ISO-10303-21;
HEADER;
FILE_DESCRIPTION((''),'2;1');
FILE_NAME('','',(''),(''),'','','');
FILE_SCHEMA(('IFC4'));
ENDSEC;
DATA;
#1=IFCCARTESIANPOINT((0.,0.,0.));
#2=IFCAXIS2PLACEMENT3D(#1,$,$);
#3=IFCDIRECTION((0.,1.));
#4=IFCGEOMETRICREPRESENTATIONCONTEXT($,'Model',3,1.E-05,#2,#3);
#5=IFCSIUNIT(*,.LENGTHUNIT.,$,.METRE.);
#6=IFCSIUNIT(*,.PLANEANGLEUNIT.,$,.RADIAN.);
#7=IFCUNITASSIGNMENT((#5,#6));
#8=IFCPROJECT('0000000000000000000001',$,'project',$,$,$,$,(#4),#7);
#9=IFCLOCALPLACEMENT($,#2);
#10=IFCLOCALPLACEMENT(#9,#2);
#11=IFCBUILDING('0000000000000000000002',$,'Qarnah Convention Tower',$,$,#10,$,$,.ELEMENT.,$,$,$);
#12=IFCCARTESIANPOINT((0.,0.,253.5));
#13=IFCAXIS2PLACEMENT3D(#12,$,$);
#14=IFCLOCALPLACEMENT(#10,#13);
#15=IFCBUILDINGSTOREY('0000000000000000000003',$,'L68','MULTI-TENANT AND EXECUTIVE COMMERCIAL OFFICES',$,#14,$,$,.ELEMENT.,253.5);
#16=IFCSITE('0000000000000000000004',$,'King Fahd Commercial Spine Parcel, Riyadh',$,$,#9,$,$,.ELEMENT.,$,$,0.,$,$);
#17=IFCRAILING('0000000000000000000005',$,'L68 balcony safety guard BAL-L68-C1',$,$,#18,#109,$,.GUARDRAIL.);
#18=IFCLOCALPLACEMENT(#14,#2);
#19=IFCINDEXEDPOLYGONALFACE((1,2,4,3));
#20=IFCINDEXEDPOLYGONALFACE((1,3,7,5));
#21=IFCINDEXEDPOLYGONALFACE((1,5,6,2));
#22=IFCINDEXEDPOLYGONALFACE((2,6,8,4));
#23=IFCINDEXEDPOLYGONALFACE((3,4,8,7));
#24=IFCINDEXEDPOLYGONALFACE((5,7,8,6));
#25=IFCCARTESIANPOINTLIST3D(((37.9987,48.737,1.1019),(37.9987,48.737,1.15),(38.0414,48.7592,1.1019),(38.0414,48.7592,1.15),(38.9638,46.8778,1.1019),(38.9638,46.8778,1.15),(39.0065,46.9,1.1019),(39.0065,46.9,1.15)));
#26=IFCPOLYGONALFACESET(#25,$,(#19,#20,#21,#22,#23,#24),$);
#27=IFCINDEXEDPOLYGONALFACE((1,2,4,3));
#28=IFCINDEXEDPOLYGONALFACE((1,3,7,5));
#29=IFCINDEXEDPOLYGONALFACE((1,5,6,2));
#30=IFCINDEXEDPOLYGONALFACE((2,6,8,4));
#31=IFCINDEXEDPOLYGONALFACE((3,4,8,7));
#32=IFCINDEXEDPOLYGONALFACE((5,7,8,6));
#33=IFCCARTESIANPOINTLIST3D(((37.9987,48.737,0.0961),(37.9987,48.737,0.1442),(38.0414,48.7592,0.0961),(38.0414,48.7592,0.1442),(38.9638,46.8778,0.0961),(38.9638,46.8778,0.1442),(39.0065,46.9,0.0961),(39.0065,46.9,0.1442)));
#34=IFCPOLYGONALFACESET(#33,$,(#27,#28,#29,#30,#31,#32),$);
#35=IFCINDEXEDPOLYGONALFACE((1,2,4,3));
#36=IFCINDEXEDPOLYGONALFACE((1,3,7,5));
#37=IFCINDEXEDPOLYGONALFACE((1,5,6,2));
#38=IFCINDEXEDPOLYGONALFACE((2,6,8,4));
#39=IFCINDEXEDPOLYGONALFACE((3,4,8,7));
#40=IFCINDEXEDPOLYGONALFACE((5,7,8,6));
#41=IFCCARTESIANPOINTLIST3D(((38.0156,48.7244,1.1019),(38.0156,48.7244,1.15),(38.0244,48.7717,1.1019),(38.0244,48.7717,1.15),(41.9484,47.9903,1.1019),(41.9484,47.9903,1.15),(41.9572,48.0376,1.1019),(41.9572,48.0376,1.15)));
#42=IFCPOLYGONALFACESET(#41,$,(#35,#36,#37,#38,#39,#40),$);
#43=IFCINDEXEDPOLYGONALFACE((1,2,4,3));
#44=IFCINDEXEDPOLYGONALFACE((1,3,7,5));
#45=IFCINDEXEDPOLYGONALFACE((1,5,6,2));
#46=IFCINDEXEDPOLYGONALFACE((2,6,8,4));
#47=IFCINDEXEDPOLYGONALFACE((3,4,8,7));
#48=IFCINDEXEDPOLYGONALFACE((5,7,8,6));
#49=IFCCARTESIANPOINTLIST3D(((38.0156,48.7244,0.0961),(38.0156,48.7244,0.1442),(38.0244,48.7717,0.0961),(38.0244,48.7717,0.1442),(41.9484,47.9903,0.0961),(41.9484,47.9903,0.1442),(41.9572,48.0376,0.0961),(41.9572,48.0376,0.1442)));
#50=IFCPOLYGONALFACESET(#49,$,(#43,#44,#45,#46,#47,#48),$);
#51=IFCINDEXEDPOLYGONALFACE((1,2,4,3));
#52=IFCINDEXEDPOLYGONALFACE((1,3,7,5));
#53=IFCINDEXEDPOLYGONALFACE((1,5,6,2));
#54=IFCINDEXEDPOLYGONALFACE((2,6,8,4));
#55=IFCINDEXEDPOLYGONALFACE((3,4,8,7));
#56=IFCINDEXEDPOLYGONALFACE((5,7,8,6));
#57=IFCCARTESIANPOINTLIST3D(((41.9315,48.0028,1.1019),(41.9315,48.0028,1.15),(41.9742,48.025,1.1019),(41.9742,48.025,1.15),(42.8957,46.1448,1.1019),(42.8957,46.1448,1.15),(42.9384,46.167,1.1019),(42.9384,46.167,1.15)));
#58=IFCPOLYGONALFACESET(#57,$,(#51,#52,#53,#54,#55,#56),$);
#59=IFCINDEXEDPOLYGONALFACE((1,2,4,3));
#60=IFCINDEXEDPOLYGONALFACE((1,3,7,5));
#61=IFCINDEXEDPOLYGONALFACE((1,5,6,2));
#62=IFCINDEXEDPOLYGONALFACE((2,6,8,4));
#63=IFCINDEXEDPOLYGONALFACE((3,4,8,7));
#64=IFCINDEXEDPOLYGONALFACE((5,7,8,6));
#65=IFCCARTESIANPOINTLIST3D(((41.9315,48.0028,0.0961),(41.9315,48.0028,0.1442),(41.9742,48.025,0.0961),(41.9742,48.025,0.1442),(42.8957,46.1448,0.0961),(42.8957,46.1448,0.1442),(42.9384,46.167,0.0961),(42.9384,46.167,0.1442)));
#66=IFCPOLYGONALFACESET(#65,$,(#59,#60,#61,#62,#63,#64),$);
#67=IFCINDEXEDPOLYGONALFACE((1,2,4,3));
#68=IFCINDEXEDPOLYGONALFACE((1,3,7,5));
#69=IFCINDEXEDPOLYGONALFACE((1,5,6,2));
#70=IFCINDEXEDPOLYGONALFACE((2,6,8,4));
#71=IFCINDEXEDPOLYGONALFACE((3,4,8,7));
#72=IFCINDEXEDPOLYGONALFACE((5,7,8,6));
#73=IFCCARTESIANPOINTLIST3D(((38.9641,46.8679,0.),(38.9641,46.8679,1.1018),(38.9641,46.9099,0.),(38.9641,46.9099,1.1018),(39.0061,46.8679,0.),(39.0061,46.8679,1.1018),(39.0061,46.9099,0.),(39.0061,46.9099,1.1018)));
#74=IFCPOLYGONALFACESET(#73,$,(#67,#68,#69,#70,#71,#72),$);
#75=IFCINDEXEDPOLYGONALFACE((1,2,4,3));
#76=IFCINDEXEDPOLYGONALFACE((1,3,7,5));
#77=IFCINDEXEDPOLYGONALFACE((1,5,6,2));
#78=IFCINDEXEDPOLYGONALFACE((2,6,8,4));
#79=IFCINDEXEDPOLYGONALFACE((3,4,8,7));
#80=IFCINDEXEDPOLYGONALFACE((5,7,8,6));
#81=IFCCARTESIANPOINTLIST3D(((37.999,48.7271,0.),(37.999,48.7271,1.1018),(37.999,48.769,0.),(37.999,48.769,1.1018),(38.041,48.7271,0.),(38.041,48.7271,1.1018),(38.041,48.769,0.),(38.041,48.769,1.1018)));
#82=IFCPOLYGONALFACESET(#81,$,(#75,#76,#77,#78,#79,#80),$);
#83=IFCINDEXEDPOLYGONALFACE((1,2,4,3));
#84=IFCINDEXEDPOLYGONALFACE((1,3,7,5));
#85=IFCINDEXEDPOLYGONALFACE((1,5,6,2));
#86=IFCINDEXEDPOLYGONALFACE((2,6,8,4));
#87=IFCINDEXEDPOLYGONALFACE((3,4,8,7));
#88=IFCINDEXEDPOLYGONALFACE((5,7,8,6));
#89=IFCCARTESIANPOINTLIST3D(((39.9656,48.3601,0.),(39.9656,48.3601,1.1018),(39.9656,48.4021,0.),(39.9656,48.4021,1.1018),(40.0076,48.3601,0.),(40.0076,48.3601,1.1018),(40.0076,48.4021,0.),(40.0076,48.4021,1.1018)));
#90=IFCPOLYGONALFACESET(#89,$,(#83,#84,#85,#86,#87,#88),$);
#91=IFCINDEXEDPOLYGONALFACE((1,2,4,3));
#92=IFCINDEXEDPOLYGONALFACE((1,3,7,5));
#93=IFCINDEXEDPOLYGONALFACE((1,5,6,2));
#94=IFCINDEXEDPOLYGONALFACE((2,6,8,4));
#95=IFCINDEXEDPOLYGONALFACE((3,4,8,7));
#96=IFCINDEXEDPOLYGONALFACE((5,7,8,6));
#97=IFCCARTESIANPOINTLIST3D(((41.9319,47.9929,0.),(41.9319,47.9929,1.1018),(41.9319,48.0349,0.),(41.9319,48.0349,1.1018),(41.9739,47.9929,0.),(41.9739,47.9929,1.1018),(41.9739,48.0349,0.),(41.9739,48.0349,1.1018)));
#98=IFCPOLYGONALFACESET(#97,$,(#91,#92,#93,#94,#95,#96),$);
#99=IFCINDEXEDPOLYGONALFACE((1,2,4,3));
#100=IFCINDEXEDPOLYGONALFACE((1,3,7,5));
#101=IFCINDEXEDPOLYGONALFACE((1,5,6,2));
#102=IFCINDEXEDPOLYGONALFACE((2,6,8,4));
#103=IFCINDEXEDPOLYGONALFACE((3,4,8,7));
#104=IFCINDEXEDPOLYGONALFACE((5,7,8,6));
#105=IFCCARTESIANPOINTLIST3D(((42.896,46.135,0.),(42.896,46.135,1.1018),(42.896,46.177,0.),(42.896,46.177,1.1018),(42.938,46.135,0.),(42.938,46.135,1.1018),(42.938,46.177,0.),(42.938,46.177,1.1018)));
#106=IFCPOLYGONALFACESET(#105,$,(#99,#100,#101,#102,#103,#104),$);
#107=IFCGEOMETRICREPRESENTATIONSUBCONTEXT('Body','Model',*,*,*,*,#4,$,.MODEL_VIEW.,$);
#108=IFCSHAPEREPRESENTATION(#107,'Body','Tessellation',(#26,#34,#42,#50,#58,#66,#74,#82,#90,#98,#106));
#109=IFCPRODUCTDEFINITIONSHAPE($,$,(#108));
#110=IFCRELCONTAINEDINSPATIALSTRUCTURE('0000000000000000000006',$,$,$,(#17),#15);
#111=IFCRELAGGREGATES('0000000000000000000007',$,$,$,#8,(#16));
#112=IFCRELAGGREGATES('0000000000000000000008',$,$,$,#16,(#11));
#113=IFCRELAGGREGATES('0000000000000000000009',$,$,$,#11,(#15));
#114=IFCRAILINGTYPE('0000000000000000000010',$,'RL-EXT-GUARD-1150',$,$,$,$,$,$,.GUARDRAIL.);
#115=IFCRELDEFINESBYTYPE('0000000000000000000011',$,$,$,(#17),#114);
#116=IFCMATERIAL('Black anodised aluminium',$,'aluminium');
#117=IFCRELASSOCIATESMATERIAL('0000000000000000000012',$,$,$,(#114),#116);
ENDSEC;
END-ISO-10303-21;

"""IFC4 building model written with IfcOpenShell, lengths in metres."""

from ifc_helpers import new_model, si_unit, direction, frame, origin, origin_2d, place, context, subcontext, project, spatial, rectangle, extrude, material, type_object, element, save


model = new_model("IFC4")

# Units and contexts
model_context = context("Model", 3, precision=1e-05, world=origin(), true_north=direction((0.0, 1.0)))
body_context = subcontext(model_context, "Body", "Model", "MODEL_VIEW")
ifc_project = project(units=[si_unit("LENGTHUNIT", "METRE"), si_unit("PLANEANGLEUNIT", "RADIAN")], contexts=[model_context])

# Site, building, storey
site_placement = place(None, origin())
site = spatial("IfcSite", under=ifc_project, at=site_placement, Name="King Fahd Commercial Spine Parcel, Riyadh", CompositionType="ELEMENT", RefElevation=0.0)
building_placement = place(site_placement, origin())
building = spatial("IfcBuilding", under=site, at=building_placement, Name="Qarnah Convention Tower", CompositionType="ELEMENT")
storey_placement = place(building_placement, frame((0.0, 0.0, 253.5)))
storey = spatial("IfcBuildingStorey", under=building, at=storey_placement, Name="L68", Description="MULTI-TENANT AND EXECUTIVE COMMERCIAL OFFICES", CompositionType="ELEMENT", Elevation=253.5)

# Shared definitions
ifc_material_1 = material(Name="Black anodised aluminium", Category="aluminium")

# Railing
railing_type = type_object("IfcRailingType", Name="RL-EXT-GUARD-1150", PredefinedType="GUARDRAIL", material=ifc_material_1)
railing_1_placement = place(storey_placement, frame((38.9851, 46.8889, 0.0)))
element("IfcRailing", 1, at=railing_1_placement, inside=storey, type_object=railing_type, Name="L68 balcony safety guard BAL-L68-C1", PredefinedType="GUARDRAIL", context=body_context, shape_type="SweptSolid", body=[
    extrude(rectangle(XDim=0.0481, YDim=0.0481, at=origin_2d()), frame((0.0, 0.0, 1.126), z_axis=(-0.460729, 0.887541, 0.0), x_axis=(-0.887541, -0.460729, 0.0)), (0.0, 0.0, 1.0), 2.0947),
    extrude(rectangle(XDim=0.0481, YDim=0.0481, at=origin_2d()), frame((0.0, 0.0, 0.1201), z_axis=(-0.460729, 0.887541, 0.0), x_axis=(-0.887541, -0.460729, 0.0)), (0.0, 0.0, 1.0), 2.0947),
    extrude(rectangle(XDim=0.0481, YDim=0.0481, at=origin_2d()), frame((-0.9651, 1.8591, 1.126), z_axis=(0.98302, -0.183496, 0.0), x_axis=(0.183496, 0.98302, 0.0)), (0.0, 0.0, 1.0), 4.0007),
    extrude(rectangle(XDim=0.0481, YDim=0.0481, at=origin_2d()), frame((-0.9651, 1.8591, 0.1201), z_axis=(0.98302, -0.183496, 0.0), x_axis=(0.183496, 0.98302, 0.0)), (0.0, 0.0, 1.0), 4.0007),
    extrude(rectangle(XDim=0.0481, YDim=0.0481, at=origin_2d()), frame((2.9678, 1.125, 1.126), z_axis=(0.4606, -0.887608, 0.0), x_axis=(0.887608, 0.4606, 0.0)), (0.0, 0.0, 1.0), 2.0933),
    extrude(rectangle(XDim=0.0481, YDim=0.0481, at=origin_2d()), frame((2.9678, 1.125, 0.1201), z_axis=(0.4606, -0.887608, 0.0), x_axis=(0.887608, 0.4606, 0.0)), (0.0, 0.0, 1.0), 2.0933),
    extrude(rectangle(XDim=0.042, YDim=0.042, at=origin_2d()), origin(), (0.0, 0.0, 1.0), 1.1018),
    extrude(rectangle(XDim=0.042, YDim=0.042, at=origin_2d()), frame((-0.9651, 1.8591, 0.0)), (0.0, 0.0, 1.0), 1.1018),
    extrude(rectangle(XDim=0.042, YDim=0.042, at=origin_2d()), frame((1.0015, 1.4922, 0.0)), (0.0, 0.0, 1.0), 1.1018),
    extrude(rectangle(XDim=0.042, YDim=0.042, at=origin_2d()), frame((2.9678, 1.125, 0.0)), (0.0, 0.0, 1.0), 1.1018),
    extrude(rectangle(XDim=0.042, YDim=0.042, at=origin_2d()), frame((3.9319, -0.7329, 0.0)), (0.0, 0.0, 1.0), 1.1018),
])

save(model, "model.ifc")
